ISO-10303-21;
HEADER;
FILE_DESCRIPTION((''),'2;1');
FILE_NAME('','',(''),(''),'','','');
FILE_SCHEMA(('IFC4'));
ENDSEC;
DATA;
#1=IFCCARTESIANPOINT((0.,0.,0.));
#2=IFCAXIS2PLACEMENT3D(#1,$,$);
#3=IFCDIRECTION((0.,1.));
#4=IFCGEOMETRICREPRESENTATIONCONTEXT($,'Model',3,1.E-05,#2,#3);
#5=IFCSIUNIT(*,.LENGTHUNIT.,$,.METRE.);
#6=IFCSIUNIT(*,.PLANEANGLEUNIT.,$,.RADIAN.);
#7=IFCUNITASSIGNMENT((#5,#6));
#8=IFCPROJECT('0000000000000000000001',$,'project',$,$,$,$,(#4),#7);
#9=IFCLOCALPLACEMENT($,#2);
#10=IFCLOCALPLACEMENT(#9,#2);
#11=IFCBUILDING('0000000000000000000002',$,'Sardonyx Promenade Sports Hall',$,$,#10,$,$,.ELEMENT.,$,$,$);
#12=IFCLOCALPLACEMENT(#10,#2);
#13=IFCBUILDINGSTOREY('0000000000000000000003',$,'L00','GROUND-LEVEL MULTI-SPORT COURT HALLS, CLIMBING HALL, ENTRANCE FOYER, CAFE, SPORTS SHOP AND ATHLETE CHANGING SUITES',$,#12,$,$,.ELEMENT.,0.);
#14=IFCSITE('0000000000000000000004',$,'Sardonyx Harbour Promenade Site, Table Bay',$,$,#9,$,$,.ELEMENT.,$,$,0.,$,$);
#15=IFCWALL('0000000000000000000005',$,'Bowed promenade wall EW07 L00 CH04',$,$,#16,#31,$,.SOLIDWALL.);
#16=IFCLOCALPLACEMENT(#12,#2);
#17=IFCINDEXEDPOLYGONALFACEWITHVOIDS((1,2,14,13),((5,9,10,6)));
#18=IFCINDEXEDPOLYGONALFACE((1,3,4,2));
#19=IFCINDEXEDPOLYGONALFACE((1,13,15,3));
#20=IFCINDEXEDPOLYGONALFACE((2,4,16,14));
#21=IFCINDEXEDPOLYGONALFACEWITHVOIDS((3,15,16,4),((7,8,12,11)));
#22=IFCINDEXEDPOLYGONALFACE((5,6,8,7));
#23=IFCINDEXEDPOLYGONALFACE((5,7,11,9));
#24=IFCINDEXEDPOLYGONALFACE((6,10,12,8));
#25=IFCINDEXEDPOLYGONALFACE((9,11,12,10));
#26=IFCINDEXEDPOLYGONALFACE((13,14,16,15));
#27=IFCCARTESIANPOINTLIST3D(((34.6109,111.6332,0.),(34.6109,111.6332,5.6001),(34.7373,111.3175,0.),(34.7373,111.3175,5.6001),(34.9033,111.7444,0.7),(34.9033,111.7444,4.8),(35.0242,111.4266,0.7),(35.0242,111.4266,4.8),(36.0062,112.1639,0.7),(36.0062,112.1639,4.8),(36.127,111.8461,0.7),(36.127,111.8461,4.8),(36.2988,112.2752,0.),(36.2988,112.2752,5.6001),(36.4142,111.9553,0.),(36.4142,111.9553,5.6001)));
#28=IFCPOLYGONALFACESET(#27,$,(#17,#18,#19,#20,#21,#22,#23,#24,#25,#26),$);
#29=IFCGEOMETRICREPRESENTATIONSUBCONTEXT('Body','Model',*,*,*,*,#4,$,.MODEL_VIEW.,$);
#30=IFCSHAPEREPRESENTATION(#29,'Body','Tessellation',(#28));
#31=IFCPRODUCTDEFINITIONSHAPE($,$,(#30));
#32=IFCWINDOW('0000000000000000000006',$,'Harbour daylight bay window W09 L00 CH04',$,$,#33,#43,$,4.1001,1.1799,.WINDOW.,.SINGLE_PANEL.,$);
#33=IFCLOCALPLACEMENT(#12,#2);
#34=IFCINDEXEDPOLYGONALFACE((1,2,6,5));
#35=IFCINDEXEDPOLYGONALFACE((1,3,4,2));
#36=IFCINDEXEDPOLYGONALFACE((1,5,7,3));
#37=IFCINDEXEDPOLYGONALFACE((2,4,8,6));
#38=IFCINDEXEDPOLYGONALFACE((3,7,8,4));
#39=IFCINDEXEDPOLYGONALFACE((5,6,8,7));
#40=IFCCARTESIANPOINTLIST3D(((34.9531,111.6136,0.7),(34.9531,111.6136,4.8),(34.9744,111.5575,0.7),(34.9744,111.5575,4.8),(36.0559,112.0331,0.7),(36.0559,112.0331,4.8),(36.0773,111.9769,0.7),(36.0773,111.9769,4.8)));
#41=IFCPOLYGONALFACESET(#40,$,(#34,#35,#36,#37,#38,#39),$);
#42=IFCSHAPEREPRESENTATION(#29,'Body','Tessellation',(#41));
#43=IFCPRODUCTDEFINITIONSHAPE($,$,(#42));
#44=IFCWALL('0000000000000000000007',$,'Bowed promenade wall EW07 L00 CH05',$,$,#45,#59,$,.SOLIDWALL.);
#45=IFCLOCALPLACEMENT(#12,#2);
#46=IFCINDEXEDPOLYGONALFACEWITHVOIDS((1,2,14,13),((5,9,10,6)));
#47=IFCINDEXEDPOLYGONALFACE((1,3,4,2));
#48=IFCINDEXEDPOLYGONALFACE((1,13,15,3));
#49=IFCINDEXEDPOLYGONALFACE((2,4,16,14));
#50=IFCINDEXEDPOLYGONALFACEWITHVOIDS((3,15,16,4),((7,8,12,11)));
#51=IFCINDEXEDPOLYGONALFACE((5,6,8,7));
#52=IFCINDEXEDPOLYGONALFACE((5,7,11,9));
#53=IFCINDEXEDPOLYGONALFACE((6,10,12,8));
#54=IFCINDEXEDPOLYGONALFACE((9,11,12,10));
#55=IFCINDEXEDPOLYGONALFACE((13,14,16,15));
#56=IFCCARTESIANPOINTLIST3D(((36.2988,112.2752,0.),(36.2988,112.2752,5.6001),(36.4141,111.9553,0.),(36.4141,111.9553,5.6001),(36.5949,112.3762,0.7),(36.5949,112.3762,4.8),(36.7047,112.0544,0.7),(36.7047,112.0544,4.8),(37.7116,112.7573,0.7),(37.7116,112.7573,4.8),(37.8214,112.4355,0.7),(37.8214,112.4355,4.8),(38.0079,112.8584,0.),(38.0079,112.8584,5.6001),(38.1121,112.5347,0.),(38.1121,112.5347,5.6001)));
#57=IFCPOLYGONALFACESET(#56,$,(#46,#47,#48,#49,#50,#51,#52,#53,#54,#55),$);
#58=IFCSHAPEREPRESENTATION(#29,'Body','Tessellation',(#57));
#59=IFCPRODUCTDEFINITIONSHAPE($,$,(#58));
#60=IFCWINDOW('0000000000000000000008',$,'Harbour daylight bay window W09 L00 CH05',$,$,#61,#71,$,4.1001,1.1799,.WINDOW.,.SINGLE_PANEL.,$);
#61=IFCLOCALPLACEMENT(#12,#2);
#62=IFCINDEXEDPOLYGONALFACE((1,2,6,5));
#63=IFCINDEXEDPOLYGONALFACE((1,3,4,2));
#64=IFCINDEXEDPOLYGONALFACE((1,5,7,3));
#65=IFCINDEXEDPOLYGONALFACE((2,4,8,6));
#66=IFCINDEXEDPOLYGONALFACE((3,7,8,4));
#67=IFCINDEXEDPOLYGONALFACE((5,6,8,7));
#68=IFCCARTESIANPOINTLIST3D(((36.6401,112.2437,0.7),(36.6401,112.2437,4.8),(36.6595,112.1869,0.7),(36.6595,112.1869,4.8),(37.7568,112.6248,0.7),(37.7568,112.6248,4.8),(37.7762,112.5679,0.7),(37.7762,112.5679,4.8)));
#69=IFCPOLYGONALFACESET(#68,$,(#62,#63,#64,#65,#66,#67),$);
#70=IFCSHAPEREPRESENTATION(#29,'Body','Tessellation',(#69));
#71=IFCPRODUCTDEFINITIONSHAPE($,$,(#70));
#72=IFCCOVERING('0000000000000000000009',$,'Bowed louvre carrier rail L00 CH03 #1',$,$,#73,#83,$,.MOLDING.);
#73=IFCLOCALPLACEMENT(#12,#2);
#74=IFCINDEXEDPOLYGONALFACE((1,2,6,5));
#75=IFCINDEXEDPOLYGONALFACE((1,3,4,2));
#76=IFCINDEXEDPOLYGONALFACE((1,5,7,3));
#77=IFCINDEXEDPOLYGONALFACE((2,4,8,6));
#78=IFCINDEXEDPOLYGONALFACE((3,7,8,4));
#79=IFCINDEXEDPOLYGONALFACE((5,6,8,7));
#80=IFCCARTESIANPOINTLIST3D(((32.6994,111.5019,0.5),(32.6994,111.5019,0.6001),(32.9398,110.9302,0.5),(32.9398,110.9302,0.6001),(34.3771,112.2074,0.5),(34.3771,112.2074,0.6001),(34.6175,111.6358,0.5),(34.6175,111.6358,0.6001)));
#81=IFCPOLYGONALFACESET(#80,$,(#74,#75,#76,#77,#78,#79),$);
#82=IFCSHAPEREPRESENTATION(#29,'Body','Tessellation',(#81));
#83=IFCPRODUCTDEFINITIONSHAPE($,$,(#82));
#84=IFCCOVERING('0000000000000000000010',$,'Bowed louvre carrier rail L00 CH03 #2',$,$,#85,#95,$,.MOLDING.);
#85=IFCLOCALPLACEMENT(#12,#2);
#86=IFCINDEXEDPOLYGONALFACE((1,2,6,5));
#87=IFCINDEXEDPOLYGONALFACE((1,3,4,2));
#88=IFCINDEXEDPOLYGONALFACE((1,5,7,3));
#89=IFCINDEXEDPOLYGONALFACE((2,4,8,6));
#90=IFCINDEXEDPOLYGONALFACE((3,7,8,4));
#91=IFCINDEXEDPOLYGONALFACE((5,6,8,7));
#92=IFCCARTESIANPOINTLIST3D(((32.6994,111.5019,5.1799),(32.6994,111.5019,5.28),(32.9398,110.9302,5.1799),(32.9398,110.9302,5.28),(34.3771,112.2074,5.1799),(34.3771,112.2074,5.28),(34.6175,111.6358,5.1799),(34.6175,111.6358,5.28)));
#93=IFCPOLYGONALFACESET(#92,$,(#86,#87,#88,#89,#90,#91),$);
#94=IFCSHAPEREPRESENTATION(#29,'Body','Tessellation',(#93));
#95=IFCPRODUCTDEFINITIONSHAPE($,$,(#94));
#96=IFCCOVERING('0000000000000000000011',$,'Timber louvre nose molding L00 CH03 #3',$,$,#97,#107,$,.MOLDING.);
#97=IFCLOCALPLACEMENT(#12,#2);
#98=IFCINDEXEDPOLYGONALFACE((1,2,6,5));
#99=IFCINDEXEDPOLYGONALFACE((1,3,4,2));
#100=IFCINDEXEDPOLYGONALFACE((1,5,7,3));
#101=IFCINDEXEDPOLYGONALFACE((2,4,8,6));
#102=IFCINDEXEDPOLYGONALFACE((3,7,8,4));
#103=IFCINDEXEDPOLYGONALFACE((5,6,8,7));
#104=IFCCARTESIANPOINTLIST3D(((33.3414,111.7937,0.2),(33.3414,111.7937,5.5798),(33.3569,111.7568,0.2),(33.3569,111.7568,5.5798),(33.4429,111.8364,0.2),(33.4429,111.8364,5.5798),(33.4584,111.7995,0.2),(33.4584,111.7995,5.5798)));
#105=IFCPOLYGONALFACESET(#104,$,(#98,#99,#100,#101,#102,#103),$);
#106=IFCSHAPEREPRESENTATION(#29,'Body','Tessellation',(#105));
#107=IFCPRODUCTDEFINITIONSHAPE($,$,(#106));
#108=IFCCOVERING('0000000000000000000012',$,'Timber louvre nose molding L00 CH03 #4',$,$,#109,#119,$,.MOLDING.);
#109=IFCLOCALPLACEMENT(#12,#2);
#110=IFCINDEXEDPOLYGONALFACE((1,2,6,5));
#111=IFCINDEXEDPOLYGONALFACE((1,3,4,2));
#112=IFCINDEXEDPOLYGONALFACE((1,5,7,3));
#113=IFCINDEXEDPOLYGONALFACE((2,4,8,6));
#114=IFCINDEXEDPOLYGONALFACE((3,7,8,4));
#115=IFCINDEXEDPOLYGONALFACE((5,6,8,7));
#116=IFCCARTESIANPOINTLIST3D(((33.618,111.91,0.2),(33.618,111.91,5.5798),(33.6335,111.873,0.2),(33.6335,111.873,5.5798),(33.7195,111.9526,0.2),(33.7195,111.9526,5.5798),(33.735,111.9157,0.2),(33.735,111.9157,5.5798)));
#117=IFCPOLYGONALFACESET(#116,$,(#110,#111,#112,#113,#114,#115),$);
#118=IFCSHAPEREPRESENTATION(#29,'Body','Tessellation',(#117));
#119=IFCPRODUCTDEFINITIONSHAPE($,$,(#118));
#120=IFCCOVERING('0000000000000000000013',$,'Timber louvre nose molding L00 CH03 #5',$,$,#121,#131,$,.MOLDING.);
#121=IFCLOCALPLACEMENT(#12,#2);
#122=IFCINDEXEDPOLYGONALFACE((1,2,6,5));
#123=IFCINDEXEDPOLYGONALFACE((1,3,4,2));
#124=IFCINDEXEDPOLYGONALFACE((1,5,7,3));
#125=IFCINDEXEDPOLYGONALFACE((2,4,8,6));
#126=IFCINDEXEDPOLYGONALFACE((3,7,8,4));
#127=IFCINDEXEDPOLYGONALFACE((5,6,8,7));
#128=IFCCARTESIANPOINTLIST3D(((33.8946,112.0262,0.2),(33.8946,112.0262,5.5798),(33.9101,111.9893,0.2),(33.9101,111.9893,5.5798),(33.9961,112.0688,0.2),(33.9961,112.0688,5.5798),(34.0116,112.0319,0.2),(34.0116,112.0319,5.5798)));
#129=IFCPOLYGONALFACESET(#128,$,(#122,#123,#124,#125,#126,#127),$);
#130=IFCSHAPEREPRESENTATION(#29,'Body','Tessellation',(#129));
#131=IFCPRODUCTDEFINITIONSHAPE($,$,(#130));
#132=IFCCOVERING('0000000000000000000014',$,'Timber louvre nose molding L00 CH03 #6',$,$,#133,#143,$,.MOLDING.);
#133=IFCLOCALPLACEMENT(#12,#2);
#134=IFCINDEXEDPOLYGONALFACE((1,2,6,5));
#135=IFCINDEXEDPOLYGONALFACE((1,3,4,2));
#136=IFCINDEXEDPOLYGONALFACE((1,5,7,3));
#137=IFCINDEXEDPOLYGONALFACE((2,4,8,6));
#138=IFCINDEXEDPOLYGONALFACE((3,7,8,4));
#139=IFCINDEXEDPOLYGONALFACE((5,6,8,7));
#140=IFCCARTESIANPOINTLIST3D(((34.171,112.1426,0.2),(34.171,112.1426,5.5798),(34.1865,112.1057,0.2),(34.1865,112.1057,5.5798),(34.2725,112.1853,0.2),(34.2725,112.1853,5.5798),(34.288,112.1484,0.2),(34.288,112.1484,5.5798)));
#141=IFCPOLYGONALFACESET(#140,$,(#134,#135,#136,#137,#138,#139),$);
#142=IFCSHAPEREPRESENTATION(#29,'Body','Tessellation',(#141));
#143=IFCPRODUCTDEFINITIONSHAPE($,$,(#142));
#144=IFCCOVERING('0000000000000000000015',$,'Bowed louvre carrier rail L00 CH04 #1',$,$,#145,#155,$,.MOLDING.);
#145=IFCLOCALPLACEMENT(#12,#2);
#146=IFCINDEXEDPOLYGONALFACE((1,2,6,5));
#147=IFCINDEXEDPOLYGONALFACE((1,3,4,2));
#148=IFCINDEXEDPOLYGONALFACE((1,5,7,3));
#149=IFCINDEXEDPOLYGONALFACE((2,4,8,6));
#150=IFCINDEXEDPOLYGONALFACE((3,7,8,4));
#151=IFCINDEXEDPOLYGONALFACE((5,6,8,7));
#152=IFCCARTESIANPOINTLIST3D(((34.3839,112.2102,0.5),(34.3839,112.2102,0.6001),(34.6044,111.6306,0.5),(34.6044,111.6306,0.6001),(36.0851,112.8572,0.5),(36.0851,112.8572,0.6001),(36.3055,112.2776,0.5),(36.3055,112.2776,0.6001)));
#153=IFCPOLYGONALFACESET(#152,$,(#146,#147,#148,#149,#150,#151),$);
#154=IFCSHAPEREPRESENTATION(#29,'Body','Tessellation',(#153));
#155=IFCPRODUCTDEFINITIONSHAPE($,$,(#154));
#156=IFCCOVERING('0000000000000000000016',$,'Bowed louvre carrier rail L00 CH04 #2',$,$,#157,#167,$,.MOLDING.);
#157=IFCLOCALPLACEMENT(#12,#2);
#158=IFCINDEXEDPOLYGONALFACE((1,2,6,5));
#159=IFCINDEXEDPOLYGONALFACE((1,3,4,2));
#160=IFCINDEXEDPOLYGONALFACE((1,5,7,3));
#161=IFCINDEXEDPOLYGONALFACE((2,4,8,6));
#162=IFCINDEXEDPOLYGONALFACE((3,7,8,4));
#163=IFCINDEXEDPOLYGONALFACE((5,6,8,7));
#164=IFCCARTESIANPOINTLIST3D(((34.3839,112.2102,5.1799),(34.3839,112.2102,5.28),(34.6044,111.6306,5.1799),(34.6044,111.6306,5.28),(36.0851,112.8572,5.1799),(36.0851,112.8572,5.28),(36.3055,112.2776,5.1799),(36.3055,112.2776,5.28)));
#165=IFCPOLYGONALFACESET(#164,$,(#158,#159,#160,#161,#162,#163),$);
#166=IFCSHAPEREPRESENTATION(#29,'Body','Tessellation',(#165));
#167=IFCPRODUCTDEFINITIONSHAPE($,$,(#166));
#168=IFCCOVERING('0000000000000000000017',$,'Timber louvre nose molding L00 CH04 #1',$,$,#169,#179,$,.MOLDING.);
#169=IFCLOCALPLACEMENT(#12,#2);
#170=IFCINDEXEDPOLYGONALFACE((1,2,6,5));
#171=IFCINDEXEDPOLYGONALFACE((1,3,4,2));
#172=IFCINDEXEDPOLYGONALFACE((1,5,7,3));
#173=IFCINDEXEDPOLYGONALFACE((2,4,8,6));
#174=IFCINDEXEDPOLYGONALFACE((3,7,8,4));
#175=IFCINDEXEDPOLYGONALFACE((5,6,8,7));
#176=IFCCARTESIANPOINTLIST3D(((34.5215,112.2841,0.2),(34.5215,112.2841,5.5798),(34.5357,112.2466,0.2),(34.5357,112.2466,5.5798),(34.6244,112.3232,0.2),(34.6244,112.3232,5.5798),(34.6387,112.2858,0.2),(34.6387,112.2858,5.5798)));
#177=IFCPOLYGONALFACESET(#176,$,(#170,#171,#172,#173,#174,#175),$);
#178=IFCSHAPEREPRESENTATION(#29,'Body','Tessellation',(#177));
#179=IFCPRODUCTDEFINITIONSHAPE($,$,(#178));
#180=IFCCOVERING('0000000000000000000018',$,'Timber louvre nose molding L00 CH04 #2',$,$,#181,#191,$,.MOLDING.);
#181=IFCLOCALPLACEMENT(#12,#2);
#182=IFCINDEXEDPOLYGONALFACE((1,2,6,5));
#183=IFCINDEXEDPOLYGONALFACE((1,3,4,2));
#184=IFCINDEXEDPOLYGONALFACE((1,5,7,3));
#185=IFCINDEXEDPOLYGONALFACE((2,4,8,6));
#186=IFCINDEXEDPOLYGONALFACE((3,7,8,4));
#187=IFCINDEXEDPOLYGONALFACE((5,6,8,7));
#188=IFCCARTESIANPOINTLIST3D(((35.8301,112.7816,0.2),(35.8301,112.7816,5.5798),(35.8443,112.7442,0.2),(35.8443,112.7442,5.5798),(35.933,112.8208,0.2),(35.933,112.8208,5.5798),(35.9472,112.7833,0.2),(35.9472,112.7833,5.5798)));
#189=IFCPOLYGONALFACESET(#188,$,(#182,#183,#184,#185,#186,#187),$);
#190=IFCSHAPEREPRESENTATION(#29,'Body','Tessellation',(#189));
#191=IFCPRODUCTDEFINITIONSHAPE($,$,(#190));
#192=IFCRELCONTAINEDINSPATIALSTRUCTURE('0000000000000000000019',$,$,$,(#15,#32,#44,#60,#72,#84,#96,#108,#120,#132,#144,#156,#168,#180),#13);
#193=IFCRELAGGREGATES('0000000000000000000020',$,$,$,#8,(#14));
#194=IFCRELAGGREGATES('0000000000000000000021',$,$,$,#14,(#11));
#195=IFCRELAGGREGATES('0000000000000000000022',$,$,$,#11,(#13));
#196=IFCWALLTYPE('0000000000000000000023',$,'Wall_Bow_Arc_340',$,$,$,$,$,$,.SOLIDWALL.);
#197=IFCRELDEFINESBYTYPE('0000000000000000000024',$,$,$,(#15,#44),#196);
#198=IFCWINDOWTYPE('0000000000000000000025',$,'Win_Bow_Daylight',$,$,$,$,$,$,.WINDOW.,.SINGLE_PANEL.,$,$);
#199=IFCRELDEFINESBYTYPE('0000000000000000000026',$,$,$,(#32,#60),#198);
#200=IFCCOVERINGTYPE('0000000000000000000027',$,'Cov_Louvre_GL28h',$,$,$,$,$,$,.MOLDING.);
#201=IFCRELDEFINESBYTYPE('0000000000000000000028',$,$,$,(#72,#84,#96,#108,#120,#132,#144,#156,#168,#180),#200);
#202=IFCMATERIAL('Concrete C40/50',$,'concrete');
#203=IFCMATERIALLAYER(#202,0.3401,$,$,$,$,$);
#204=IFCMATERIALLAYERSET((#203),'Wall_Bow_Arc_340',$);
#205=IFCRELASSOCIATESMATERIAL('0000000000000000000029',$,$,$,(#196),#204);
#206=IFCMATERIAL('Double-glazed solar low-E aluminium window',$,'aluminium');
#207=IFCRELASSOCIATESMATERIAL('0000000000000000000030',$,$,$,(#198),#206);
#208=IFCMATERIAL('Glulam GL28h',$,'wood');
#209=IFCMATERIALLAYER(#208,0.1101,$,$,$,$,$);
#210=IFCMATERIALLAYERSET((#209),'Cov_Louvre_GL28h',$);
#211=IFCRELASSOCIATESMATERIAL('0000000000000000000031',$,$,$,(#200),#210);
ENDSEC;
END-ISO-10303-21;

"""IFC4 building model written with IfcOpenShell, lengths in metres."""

from ifc_helpers import new_model, si_unit, direction, frame, frame_2d, origin, origin_2d, place, context, subcontext, project, spatial, polyline, rectangle, outline, extrude, material, layer, layer_set, type_object, element, fill, save


model = new_model("IFC4")

# Units and contexts
model_context = context("Model", 3, precision=1e-05, world=origin(), true_north=direction((0.0, 1.0)))
body_context = subcontext(model_context, "Body", "Model", "MODEL_VIEW")
ifc_project = project(units=[si_unit("LENGTHUNIT", "METRE"), si_unit("PLANEANGLEUNIT", "RADIAN")], contexts=[model_context])

# Site, building, storey
site_placement = place(None, origin())
site = spatial("IfcSite", under=ifc_project, at=site_placement, Name="Sardonyx Harbour Promenade Site, Table Bay", CompositionType="ELEMENT", RefElevation=0.0)
building_placement = place(site_placement, origin())
building = spatial("IfcBuilding", under=site, at=building_placement, Name="Sardonyx Promenade Sports Hall", CompositionType="ELEMENT")
storey_placement = place(building_placement, origin())
storey = spatial("IfcBuildingStorey", under=building, at=storey_placement, Name="L00", Description="GROUND-LEVEL MULTI-SPORT COURT HALLS, CLIMBING HALL, ENTRANCE FOYER, CAFE, SPORTS SHOP AND ATHLETE CHANGING SUITES", CompositionType="ELEMENT", Elevation=0.0)

# Walls, openings, windows
ifc_material_1 = material(Name="Concrete C40/50", Category="concrete")
ifc_layer_1 = layer(ifc_material_1, 0.3401)
ifc_layer_set_1 = layer_set([ifc_layer_1], Name="Wall_Bow_Arc_340")
wall_type = type_object("IfcWallType", Name="Wall_Bow_Arc_340", PredefinedType="SOLIDWALL", material=ifc_layer_set_1)
wall_1_placement = place(storey_placement, frame((34.6741, 111.4753, 0.0), z_axis=(0.0, 0.0, 1.0), x_axis=(0.934675, 0.355505, 0.0)))
wall_1 = element("IfcWall", 1, at=wall_1_placement, inside=storey, type_object=wall_type, Name="Bowed promenade wall EW07 L00 CH04", PredefinedType="SOLIDWALL", context=body_context, shape_type="SweptSolid", body=[
    extrude(outline(polyline([(0.0029, -0.17), (1.7971, -0.17), (1.8029, 0.17), (-0.0029, 0.17), (0.0029, -0.17)])), origin(), (0.0, 0.0, 1.0), 5.6001),
])
opening_1_placement = place(wall_1_placement, frame((0.3101, 0.0, 0.7)))
opening_1 = element("IfcOpeningElement", 2, at=opening_1_placement, cuts=wall_1, PredefinedType="OPENING", context=body_context, shape_type="SweptSolid", body=[
    extrude(rectangle(XDim=1.1799, YDim=4.1001, at=frame_2d((0.5898, 2.05))), frame((0.0, 0.18, 0.0), z_axis=(0.0, -1.0, 0.0), x_axis=(1.0, 0.0, 0.0)), (0.0, 0.0, 1.0), 0.36),
])
ifc_material_2 = material(Name="Double-glazed solar low-E aluminium window", Category="aluminium")
window_type = type_object("IfcWindowType", Name="Win_Bow_Daylight", PartitioningType="SINGLE_PANEL", PredefinedType="WINDOW", material=ifc_material_2)
window_1_placement = place(opening_1_placement, origin())
window_1 = element("IfcWindow", 3, at=window_1_placement, inside=storey, type_object=window_type, Name="Harbour daylight bay window W09 L00 CH04", OverallHeight=4.1001, OverallWidth=1.1799, PartitioningType="SINGLE_PANEL", PredefinedType="WINDOW", context=body_context, shape_type="SweptSolid", body=[
    extrude(rectangle(XDim=1.1799, YDim=4.1001, at=frame_2d((0.5898, 2.05))), frame((0.0, 0.03, 0.0), z_axis=(0.0, -1.0, 0.0), x_axis=(1.0, 0.0, 0.0)), (0.0, 0.0, 1.0), 0.0601),
])
fill(opening_1, window_1)
wall_2_placement = place(storey_placement, frame((36.3564, 112.1152, 0.0), z_axis=(0.0, 0.0, 1.0), x_axis=(0.946422, 0.322934, 0.0)))
wall_2 = element("IfcWall", 4, at=wall_2_placement, inside=storey, type_object=wall_type, Name="Bowed promenade wall EW07 L00 CH05", PredefinedType="SOLIDWALL", context=body_context, shape_type="SweptSolid", body=[
    extrude(outline(polyline([(0.0029, -0.17), (1.7971, -0.17), (1.8029, 0.17), (-0.0029, 0.17), (0.0029, -0.17)])), origin(), (0.0, 0.0, 1.0), 5.6001),
])
opening_2_placement = place(wall_2_placement, frame((0.3101, 0.0, 0.7)))
opening_2 = element("IfcOpeningElement", 5, at=opening_2_placement, cuts=wall_2, PredefinedType="OPENING", context=body_context, shape_type="SweptSolid", body=[
    extrude(rectangle(XDim=1.1799, YDim=4.1001, at=frame_2d((0.5898, 2.05))), frame((0.0, 0.18, 0.0), z_axis=(0.0, -1.0, 0.0), x_axis=(1.0, 0.0, 0.0)), (0.0, 0.0, 1.0), 0.36),
])
window_2_placement = place(opening_2_placement, origin())
window_2 = element("IfcWindow", 6, at=window_2_placement, inside=storey, type_object=window_type, Name="Harbour daylight bay window W09 L00 CH05", OverallHeight=4.1001, OverallWidth=1.1799, PartitioningType="SINGLE_PANEL", PredefinedType="WINDOW", context=body_context, shape_type="SweptSolid", body=[
    extrude(rectangle(XDim=1.1799, YDim=4.1001, at=frame_2d((0.5898, 2.05))), frame((0.0, 0.03, 0.0), z_axis=(0.0, -1.0, 0.0), x_axis=(1.0, 0.0, 0.0)), (0.0, 0.0, 1.0), 0.0601),
])
fill(opening_2, window_2)

# Coverings
ifc_material_3 = material(Name="Glulam GL28h", Category="wood")
ifc_layer_2 = layer(ifc_material_3, 0.1101)
ifc_layer_set_2 = layer_set([ifc_layer_2], Name="Cov_Louvre_GL28h")
covering_type = type_object("IfcCoveringType", Name="Cov_Louvre_GL28h", PredefinedType="MOLDING", material=ifc_layer_set_2)
for number, where, z_axis, x_axis, name in (
    (7, (33.6584, 111.5688, 0.5), (0.0, 0.0, 1.0), (0.9218, 0.387665, 0.0), "Bowed louvre carrier rail L00 CH03 #1"),
    (8, (33.6584, 111.5688, 5.1799), (0.0, 0.0, 1.0), (0.9218, 0.387665, 0.0), "Bowed louvre carrier rail L00 CH03 #2"),
):
    element("IfcCovering", number, at=place(storey_placement, frame(where, z_axis=z_axis, x_axis=x_axis)), inside=storey, type_object=covering_type, Name=name, PredefinedType="MOLDING", context=body_context, shape_type="SweptSolid", body=[
        extrude(rectangle(XDim=1.8201, YDim=0.6201, at=origin_2d()), origin(), (0.0, 0.0, 1.0), 0.1001),
    ])
for number, where, z_axis, x_axis, name in (
    (9, (33.3999, 111.7966, 0.2), (0.0, 0.0, 1.0), (0.9218, 0.387665, 0.0), "Timber louvre nose molding L00 CH03 #3"),
    (10, (33.6765, 111.9128, 0.2), (0.0, 0.0, 1.0), (0.9218, 0.387665, 0.0), "Timber louvre nose molding L00 CH03 #4"),
    (11, (33.9531, 112.0291, 0.2), (0.0, 0.0, 1.0), (0.9218, 0.387665, 0.0), "Timber louvre nose molding L00 CH03 #5"),
    (12, (34.2295, 112.1455, 0.2), (0.0, 0.0, 1.0), (0.9218, 0.387665, 0.0), "Timber louvre nose molding L00 CH03 #6"),
):
    element("IfcCovering", number, at=place(storey_placement, frame(where, z_axis=z_axis, x_axis=x_axis)), inside=storey, type_object=covering_type, Name=name, PredefinedType="MOLDING", context=body_context, shape_type="SweptSolid", body=[
        extrude(rectangle(XDim=0.1101, YDim=0.04, at=origin_2d()), origin(), (0.0, 0.0, 1.0), 5.3799),
    ])
for number, where, z_axis, x_axis, name in (
    (13, (35.3447, 112.2439, 0.5), (0.0, 0.0, 1.0), (0.934666, 0.355528, 0.0), "Bowed louvre carrier rail L00 CH04 #1"),
    (14, (35.3447, 112.2439, 5.1799), (0.0, 0.0, 1.0), (0.934666, 0.355528, 0.0), "Bowed louvre carrier rail L00 CH04 #2"),
):
    element("IfcCovering", number, at=place(storey_placement, frame(where, z_axis=z_axis, x_axis=x_axis)), inside=storey, type_object=covering_type, Name=name, PredefinedType="MOLDING", context=body_context, shape_type="SweptSolid", body=[
        extrude(rectangle(XDim=1.8201, YDim=0.6201, at=origin_2d()), origin(), (0.0, 0.0, 1.0), 0.1001),
    ])
for number, where, z_axis, x_axis, name in (
    (15, (34.5801, 112.2849, 0.2), (0.0, 0.0, 1.0), (0.934666, 0.355528, 0.0), "Timber louvre nose molding L00 CH04 #1"),
    (16, (35.8887, 112.7825, 0.2), (0.0, 0.0, 1.0), (0.934666, 0.355528, 0.0), "Timber louvre nose molding L00 CH04 #2"),
):
    element("IfcCovering", number, at=place(storey_placement, frame(where, z_axis=z_axis, x_axis=x_axis)), inside=storey, type_object=covering_type, Name=name, PredefinedType="MOLDING", context=body_context, shape_type="SweptSolid", body=[
        extrude(rectangle(XDim=0.1101, YDim=0.04, at=origin_2d()), origin(), (0.0, 0.0, 1.0), 5.3799),
    ])

save(model, "model.ifc")
